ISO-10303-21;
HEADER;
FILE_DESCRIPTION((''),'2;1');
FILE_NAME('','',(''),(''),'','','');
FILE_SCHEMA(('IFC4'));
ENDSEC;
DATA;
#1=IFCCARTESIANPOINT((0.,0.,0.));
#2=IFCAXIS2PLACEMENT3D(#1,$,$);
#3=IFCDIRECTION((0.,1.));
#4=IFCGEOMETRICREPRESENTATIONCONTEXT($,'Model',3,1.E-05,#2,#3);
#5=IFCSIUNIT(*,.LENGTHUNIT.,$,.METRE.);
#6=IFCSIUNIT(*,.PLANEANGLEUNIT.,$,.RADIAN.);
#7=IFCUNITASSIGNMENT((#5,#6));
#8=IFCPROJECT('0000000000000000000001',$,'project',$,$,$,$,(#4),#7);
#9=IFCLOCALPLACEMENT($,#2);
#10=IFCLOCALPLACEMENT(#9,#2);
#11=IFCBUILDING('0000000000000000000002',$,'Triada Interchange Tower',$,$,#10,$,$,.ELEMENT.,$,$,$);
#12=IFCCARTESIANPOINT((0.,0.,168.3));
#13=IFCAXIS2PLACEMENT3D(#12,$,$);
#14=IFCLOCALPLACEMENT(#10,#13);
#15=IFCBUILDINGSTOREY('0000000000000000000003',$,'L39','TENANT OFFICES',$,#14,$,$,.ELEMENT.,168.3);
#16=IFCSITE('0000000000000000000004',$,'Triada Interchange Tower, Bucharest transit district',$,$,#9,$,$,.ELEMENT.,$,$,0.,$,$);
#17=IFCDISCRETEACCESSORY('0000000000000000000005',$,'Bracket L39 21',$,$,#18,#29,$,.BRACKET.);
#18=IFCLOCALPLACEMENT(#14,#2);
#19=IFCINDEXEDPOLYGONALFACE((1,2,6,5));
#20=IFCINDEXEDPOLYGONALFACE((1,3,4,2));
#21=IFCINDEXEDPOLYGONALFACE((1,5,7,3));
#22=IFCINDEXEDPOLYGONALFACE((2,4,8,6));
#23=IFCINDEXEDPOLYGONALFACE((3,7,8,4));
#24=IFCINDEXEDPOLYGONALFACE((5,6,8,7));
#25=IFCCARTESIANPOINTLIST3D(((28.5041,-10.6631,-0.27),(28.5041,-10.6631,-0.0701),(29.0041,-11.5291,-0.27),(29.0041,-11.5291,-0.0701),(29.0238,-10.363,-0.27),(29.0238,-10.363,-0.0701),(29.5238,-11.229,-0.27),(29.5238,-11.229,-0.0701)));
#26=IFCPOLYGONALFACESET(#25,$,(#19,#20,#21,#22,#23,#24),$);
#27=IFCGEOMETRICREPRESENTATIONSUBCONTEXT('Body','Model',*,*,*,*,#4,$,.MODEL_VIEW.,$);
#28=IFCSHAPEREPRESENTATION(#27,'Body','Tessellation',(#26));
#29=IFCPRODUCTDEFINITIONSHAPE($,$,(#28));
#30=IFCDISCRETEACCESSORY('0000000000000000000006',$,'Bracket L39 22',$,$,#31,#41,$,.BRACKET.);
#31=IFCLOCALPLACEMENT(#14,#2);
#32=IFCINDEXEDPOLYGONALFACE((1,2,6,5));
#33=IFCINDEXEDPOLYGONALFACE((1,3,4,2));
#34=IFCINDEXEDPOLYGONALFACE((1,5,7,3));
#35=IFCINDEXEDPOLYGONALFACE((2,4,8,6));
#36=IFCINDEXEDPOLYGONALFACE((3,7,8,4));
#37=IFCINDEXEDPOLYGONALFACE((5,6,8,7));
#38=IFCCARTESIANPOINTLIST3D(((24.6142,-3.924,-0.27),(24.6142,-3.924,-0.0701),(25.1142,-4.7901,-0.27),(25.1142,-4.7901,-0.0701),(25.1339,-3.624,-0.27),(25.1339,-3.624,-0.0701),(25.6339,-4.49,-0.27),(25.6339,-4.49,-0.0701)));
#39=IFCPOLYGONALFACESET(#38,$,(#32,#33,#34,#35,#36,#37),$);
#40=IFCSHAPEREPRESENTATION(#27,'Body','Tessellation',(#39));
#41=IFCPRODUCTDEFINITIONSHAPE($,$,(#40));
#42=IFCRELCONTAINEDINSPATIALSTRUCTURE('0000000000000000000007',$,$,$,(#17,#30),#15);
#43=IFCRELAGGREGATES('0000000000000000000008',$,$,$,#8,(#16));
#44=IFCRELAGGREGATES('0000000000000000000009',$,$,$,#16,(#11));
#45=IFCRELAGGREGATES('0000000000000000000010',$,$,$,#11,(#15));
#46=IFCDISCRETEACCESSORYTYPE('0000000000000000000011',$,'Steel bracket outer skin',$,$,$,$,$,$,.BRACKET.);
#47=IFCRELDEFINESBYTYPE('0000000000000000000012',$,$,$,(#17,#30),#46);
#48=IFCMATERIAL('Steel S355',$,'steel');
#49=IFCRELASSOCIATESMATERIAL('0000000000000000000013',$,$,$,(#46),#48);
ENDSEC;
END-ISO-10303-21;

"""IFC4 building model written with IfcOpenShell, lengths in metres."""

from ifc_helpers import new_model, si_unit, direction, frame, origin, origin_2d, place, context, subcontext, project, spatial, rectangle, extrude, material, type_object, element, save


model = new_model("IFC4")

# Units and contexts
model_context = context("Model", 3, precision=1e-05, world=origin(), true_north=direction((0.0, 1.0)))
body_context = subcontext(model_context, "Body", "Model", "MODEL_VIEW")
ifc_project = project(units=[si_unit("LENGTHUNIT", "METRE"), si_unit("PLANEANGLEUNIT", "RADIAN")], contexts=[model_context])

# Site, building, storey
site_placement = place(None, origin())
site = spatial("IfcSite", under=ifc_project, at=site_placement, Name="Triada Interchange Tower, Bucharest transit district", CompositionType="ELEMENT", RefElevation=0.0)
building_placement = place(site_placement, origin())
building = spatial("IfcBuilding", under=site, at=building_placement, Name="Triada Interchange Tower", CompositionType="ELEMENT")
storey_placement = place(building_placement, frame((0.0, 0.0, 168.3)))
storey = spatial("IfcBuildingStorey", under=building, at=storey_placement, Name="L39", Description="TENANT OFFICES", CompositionType="ELEMENT", Elevation=168.3)

# Discrete accessories
ifc_material_1 = material(Name="Steel S355", Category="steel")
discrete_accessory_type = type_object("IfcDiscreteAccessoryType", Name="Steel bracket outer skin", PredefinedType="BRACKET", material=ifc_material_1)
for number, where, z_axis, x_axis, name in (
    (1, (29.0139, -10.946, -0.27), (0.0, 0.0, 1.0), (0.866023, 0.500005, 0.0), "Bracket L39 21"),
    (2, (25.124, -4.207, -0.27), (0.0, 0.0, 1.0), (0.866023, 0.500005, 0.0), "Bracket L39 22"),
):
    element("IfcDiscreteAccessory", number, at=place(storey_placement, frame(where, z_axis=z_axis, x_axis=x_axis)), inside=storey, type_object=discrete_accessory_type, Name=name, PredefinedType="BRACKET", context=body_context, shape_type="SweptSolid", body=[
        extrude(rectangle(XDim=0.6001, YDim=1.0, at=origin_2d()), origin(), (0.0, 0.0, 1.0), 0.2),
    ])

save(model, "model.ifc")
